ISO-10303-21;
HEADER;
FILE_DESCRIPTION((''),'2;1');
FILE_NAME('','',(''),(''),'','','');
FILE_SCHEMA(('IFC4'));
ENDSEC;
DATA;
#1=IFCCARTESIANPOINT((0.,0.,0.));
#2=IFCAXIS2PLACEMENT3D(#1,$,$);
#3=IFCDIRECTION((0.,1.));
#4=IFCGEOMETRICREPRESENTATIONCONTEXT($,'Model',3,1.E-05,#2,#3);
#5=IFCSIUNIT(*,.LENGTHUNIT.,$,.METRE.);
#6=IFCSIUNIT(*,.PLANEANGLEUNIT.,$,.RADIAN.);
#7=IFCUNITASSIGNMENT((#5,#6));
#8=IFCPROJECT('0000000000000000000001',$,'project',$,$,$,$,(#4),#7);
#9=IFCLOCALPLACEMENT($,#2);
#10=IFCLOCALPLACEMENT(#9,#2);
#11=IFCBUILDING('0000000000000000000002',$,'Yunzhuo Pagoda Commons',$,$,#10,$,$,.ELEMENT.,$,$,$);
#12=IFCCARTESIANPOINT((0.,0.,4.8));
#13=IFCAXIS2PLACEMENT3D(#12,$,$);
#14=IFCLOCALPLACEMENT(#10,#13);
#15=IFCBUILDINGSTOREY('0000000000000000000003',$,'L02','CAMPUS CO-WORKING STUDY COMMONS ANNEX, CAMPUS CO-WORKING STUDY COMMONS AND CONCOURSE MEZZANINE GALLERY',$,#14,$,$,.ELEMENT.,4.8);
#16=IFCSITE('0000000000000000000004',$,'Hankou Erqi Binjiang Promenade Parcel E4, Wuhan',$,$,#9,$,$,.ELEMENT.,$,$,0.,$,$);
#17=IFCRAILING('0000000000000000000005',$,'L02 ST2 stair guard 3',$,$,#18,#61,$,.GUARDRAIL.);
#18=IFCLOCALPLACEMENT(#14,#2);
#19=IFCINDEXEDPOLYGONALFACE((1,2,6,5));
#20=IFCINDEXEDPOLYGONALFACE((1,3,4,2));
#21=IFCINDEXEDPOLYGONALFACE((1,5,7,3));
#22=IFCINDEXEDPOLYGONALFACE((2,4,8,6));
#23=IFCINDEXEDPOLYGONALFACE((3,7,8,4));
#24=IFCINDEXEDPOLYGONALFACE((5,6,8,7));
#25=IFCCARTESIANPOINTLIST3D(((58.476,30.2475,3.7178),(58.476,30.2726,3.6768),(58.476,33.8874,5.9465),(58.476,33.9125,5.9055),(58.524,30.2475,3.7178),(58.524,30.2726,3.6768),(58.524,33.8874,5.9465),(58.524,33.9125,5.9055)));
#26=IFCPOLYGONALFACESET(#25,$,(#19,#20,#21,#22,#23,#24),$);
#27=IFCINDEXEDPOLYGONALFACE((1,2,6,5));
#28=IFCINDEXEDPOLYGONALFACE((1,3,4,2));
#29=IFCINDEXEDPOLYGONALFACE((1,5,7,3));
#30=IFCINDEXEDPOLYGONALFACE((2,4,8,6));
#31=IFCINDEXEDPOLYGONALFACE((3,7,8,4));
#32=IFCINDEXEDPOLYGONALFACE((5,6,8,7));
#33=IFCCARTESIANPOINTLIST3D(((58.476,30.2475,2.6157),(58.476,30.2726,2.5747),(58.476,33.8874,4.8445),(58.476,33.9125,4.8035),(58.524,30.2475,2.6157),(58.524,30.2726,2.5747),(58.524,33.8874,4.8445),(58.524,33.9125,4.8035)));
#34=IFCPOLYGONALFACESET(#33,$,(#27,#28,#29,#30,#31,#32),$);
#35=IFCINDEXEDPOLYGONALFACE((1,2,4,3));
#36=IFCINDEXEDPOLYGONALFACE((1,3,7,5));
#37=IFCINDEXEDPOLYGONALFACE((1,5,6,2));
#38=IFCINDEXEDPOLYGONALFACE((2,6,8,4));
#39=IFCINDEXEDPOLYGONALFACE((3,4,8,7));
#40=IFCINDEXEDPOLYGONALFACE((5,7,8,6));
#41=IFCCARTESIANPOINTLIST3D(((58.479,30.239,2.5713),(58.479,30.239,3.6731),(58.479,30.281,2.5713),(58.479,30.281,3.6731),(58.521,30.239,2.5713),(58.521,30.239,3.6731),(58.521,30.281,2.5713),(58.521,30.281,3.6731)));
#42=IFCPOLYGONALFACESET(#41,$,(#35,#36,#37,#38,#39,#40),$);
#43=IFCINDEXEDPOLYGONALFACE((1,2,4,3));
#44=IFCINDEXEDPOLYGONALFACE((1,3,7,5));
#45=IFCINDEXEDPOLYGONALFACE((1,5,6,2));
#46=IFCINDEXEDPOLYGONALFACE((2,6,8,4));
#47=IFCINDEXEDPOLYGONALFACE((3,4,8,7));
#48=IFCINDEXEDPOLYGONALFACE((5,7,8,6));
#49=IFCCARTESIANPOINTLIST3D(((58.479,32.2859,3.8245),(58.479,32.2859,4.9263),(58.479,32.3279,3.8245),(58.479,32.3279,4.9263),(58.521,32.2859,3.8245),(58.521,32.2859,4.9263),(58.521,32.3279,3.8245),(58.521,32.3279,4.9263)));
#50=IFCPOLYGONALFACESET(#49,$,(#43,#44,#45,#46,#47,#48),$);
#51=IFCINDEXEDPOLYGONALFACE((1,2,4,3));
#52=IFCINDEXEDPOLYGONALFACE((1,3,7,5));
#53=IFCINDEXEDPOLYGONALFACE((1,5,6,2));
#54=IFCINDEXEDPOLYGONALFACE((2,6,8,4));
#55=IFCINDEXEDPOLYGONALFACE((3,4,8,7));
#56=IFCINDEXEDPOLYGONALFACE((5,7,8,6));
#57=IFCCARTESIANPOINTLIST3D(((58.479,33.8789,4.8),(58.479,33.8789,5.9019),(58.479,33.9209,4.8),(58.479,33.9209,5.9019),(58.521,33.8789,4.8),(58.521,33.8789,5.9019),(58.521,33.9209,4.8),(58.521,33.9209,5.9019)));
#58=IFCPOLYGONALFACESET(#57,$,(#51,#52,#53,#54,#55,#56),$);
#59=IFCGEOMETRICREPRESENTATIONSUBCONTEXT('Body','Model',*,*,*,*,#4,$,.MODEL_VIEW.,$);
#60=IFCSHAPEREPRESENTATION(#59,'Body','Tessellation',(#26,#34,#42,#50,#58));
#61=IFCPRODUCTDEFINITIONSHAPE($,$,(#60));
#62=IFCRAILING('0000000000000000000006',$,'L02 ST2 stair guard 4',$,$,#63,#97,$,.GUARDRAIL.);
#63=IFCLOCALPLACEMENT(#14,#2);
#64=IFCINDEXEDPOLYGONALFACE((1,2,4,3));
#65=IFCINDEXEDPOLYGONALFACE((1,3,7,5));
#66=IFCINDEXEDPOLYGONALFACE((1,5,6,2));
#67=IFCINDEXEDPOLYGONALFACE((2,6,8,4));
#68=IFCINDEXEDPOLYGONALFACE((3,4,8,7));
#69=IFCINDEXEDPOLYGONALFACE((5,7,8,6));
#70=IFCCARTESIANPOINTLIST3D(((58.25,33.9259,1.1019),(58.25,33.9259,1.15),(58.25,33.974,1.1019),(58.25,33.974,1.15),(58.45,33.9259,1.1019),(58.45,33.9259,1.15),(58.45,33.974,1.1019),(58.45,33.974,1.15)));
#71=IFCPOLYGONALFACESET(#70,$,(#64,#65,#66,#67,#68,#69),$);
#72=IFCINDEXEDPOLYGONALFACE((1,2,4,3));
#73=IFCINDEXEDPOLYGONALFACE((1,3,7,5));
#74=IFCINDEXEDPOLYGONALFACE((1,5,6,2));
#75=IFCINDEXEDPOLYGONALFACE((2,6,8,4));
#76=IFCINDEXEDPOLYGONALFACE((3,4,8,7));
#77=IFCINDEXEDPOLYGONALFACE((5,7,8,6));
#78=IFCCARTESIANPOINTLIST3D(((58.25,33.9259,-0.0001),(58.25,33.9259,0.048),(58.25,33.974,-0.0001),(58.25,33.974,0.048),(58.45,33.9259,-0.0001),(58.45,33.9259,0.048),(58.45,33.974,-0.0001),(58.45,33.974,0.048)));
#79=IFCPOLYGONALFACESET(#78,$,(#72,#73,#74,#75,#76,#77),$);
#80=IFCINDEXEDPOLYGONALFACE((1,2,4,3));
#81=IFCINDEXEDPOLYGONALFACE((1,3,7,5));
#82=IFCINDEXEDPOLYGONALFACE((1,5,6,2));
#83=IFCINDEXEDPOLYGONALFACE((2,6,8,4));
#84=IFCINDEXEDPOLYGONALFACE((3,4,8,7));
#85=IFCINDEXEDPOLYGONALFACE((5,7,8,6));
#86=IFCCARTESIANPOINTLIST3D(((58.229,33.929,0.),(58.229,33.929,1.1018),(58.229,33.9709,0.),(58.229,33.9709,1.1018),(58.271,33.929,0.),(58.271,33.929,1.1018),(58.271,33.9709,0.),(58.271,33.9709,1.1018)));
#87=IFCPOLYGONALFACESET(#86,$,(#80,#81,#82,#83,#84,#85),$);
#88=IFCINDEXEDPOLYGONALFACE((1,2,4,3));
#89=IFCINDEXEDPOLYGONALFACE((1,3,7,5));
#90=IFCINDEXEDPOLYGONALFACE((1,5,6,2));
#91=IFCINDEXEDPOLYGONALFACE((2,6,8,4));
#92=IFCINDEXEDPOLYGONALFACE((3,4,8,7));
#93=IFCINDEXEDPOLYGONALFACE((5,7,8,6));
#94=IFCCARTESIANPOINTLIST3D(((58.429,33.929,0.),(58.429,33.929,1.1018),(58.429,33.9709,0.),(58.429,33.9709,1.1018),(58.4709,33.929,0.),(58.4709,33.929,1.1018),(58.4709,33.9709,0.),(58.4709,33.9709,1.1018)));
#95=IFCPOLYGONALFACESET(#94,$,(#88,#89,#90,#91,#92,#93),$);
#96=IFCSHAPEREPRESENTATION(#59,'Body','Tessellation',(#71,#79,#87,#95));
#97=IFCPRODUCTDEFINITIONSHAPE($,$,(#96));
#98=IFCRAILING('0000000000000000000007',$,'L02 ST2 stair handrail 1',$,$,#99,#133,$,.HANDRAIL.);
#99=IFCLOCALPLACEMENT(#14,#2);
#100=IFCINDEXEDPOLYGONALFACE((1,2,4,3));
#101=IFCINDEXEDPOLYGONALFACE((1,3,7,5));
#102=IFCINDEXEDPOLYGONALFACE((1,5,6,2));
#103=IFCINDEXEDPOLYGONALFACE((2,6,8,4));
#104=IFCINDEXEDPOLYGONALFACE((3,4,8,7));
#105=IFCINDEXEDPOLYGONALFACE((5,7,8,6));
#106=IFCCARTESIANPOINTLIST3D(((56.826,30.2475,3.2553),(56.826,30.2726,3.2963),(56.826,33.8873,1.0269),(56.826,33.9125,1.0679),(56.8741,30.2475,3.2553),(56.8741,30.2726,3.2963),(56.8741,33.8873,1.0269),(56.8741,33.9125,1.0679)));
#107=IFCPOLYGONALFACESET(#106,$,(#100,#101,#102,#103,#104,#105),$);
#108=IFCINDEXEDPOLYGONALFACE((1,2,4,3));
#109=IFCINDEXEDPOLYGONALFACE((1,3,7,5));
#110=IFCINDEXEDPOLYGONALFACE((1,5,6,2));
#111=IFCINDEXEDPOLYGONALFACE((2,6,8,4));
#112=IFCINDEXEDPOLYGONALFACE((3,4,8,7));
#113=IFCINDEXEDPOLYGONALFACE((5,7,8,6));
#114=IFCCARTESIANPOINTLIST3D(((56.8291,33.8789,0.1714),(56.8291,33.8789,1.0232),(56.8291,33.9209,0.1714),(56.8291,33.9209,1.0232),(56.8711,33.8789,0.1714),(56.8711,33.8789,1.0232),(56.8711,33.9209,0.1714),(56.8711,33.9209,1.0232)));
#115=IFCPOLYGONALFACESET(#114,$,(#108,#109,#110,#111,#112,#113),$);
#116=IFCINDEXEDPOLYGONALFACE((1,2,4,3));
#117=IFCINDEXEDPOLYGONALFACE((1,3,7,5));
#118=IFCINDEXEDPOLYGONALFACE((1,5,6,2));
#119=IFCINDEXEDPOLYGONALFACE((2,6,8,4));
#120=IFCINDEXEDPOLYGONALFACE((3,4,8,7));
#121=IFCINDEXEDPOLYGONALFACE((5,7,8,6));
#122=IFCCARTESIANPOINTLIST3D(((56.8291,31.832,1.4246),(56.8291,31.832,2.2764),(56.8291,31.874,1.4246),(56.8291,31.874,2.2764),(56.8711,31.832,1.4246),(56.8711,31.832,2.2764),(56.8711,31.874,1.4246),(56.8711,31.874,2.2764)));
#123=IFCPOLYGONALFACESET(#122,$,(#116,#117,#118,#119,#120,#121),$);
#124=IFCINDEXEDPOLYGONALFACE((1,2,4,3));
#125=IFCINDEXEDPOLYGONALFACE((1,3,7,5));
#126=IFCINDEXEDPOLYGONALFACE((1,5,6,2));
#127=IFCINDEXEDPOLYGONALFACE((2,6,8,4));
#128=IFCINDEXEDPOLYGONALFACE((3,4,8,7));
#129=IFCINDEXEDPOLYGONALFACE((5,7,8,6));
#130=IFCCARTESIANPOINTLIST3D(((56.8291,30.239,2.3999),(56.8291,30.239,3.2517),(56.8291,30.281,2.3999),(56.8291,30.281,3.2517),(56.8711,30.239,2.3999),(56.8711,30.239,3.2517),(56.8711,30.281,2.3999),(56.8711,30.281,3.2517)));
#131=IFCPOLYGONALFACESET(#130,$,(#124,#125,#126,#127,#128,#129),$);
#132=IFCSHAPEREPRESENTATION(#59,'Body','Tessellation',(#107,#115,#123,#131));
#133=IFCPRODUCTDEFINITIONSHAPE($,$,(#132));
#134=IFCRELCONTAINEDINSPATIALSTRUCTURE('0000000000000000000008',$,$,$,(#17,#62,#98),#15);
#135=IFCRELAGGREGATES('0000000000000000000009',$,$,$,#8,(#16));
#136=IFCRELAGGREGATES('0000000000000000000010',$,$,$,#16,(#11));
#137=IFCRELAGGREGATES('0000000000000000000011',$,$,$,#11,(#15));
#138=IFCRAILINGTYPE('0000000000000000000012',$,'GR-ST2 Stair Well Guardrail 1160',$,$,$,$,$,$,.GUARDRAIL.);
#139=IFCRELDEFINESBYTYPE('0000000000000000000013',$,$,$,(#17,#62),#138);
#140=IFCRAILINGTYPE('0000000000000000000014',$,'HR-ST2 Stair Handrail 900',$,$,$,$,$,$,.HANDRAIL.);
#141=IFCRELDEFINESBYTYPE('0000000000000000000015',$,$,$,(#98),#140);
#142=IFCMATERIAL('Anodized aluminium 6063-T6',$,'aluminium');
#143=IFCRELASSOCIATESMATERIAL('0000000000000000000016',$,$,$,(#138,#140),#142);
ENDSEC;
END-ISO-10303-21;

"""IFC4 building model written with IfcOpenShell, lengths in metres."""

from ifc_helpers import new_model, si_unit, direction, frame, origin, origin_2d, place, context, subcontext, project, spatial, rectangle, extrude, material, type_object, element, save


model = new_model("IFC4")

# Units and contexts
model_context = context("Model", 3, precision=1e-05, world=origin(), true_north=direction((0.0, 1.0)))
body_context = subcontext(model_context, "Body", "Model", "MODEL_VIEW")
ifc_project = project(units=[si_unit("LENGTHUNIT", "METRE"), si_unit("PLANEANGLEUNIT", "RADIAN")], contexts=[model_context])

# Site, building, storey
site_placement = place(None, origin())
site = spatial("IfcSite", under=ifc_project, at=site_placement, Name="Hankou Erqi Binjiang Promenade Parcel E4, Wuhan", CompositionType="ELEMENT", RefElevation=0.0)
building_placement = place(site_placement, origin())
building = spatial("IfcBuilding", under=site, at=building_placement, Name="Yunzhuo Pagoda Commons", CompositionType="ELEMENT")
storey_placement = place(building_placement, frame((0.0, 0.0, 4.8)))
storey = spatial("IfcBuildingStorey", under=building, at=storey_placement, Name="L02", Description="CAMPUS CO-WORKING STUDY COMMONS ANNEX, CAMPUS CO-WORKING STUDY COMMONS AND CONCOURSE MEZZANINE GALLERY", CompositionType="ELEMENT", Elevation=4.8)

# Railings
ifc_material_1 = material(Name="Anodized aluminium 6063-T6", Category="aluminium")
railing_type_1 = type_object("IfcRailingType", Name="GR-ST2 Stair Well Guardrail 1160", PredefinedType="GUARDRAIL", material=ifc_material_1)
railing_1_placement = place(storey_placement, frame((58.5, 30.26, 2.5713)))
element("IfcRailing", 1, at=railing_1_placement, inside=storey, type_object=railing_type_1, Name="L02 ST2 stair guard 3", PredefinedType="GUARDRAIL", context=body_context, shape_type="SweptSolid", body=[
    extrude(rectangle(XDim=0.0481, YDim=0.0481, at=origin_2d()), frame((0.0, 0.0, 1.126), z_axis=(0.0, 0.852825, 0.522197), x_axis=(-1.0, 0.0, 0.0)), (0.0, 0.0, 1.0), 4.2681),
    extrude(rectangle(XDim=0.0481, YDim=0.0481, at=origin_2d()), frame((0.0, 0.0, 0.0239), z_axis=(0.0, 0.852825, 0.522197), x_axis=(-1.0, 0.0, 0.0)), (0.0, 0.0, 1.0), 4.2681),
    extrude(rectangle(XDim=0.042, YDim=0.042, at=origin_2d()), origin(), (0.0, 0.0, 1.0), 1.1018),
    extrude(rectangle(XDim=0.042, YDim=0.042, at=origin_2d()), frame((0.0, 2.0469, 1.2532)), (0.0, 0.0, 1.0), 1.1018),
    extrude(rectangle(XDim=0.042, YDim=0.042, at=origin_2d()), frame((0.0, 3.6399, 2.2288)), (0.0, 0.0, 1.0), 1.1018),
])
railing_2_placement = place(storey_placement, frame((58.25, 33.95, 0.0)))
element("IfcRailing", 2, at=railing_2_placement, inside=storey, type_object=railing_type_1, Name="L02 ST2 stair guard 4", PredefinedType="GUARDRAIL", context=body_context, shape_type="SweptSolid", body=[
    extrude(rectangle(XDim=0.0481, YDim=0.0481, at=origin_2d()), frame((0.0, 0.0, 1.126), z_axis=(1.0, 0.0, 0.0), x_axis=(0.0, 1.0, 0.0)), (0.0, 0.0, 1.0), 0.2),
    extrude(rectangle(XDim=0.0481, YDim=0.0481, at=origin_2d()), frame((0.0, 0.0, 0.0239), z_axis=(1.0, 0.0, 0.0), x_axis=(0.0, 1.0, 0.0)), (0.0, 0.0, 1.0), 0.2),
    extrude(rectangle(XDim=0.042, YDim=0.042, at=origin_2d()), origin(), (0.0, 0.0, 1.0), 1.1018),
    extrude(rectangle(XDim=0.042, YDim=0.042, at=origin_2d()), frame((0.2, 0.0, 0.0)), (0.0, 0.0, 1.0), 1.1018),
])
railing_type_2 = type_object("IfcRailingType", Name="HR-ST2 Stair Handrail 900", PredefinedType="HANDRAIL", material=ifc_material_1)
railing_3_placement = place(storey_placement, frame((56.8501, 33.8999, 0.1714)))
element("IfcRailing", 3, at=railing_3_placement, inside=storey, type_object=railing_type_2, Name="L02 ST2 stair handrail 1", PredefinedType="HANDRAIL", context=body_context, shape_type="SweptSolid", body=[
    extrude(rectangle(XDim=0.0481, YDim=0.0481, at=origin_2d()), frame((0.0, 0.0, 0.876), z_axis=(0.0, -0.85285, 0.522156), x_axis=(1.0, 0.0, 0.0)), (0.0, 0.0, 1.0), 4.2678),
    extrude(rectangle(XDim=0.042, YDim=0.042, at=origin_2d()), origin(), (0.0, 0.0, 1.0), 0.8518),
    extrude(rectangle(XDim=0.042, YDim=0.042, at=origin_2d()), frame((0.0, -2.0469, 1.2532)), (0.0, 0.0, 1.0), 0.8518),
    extrude(rectangle(XDim=0.042, YDim=0.042, at=origin_2d()), frame((0.0, -3.6399, 2.2285)), (0.0, 0.0, 1.0), 0.8518),
])

save(model, "model.ifc")
